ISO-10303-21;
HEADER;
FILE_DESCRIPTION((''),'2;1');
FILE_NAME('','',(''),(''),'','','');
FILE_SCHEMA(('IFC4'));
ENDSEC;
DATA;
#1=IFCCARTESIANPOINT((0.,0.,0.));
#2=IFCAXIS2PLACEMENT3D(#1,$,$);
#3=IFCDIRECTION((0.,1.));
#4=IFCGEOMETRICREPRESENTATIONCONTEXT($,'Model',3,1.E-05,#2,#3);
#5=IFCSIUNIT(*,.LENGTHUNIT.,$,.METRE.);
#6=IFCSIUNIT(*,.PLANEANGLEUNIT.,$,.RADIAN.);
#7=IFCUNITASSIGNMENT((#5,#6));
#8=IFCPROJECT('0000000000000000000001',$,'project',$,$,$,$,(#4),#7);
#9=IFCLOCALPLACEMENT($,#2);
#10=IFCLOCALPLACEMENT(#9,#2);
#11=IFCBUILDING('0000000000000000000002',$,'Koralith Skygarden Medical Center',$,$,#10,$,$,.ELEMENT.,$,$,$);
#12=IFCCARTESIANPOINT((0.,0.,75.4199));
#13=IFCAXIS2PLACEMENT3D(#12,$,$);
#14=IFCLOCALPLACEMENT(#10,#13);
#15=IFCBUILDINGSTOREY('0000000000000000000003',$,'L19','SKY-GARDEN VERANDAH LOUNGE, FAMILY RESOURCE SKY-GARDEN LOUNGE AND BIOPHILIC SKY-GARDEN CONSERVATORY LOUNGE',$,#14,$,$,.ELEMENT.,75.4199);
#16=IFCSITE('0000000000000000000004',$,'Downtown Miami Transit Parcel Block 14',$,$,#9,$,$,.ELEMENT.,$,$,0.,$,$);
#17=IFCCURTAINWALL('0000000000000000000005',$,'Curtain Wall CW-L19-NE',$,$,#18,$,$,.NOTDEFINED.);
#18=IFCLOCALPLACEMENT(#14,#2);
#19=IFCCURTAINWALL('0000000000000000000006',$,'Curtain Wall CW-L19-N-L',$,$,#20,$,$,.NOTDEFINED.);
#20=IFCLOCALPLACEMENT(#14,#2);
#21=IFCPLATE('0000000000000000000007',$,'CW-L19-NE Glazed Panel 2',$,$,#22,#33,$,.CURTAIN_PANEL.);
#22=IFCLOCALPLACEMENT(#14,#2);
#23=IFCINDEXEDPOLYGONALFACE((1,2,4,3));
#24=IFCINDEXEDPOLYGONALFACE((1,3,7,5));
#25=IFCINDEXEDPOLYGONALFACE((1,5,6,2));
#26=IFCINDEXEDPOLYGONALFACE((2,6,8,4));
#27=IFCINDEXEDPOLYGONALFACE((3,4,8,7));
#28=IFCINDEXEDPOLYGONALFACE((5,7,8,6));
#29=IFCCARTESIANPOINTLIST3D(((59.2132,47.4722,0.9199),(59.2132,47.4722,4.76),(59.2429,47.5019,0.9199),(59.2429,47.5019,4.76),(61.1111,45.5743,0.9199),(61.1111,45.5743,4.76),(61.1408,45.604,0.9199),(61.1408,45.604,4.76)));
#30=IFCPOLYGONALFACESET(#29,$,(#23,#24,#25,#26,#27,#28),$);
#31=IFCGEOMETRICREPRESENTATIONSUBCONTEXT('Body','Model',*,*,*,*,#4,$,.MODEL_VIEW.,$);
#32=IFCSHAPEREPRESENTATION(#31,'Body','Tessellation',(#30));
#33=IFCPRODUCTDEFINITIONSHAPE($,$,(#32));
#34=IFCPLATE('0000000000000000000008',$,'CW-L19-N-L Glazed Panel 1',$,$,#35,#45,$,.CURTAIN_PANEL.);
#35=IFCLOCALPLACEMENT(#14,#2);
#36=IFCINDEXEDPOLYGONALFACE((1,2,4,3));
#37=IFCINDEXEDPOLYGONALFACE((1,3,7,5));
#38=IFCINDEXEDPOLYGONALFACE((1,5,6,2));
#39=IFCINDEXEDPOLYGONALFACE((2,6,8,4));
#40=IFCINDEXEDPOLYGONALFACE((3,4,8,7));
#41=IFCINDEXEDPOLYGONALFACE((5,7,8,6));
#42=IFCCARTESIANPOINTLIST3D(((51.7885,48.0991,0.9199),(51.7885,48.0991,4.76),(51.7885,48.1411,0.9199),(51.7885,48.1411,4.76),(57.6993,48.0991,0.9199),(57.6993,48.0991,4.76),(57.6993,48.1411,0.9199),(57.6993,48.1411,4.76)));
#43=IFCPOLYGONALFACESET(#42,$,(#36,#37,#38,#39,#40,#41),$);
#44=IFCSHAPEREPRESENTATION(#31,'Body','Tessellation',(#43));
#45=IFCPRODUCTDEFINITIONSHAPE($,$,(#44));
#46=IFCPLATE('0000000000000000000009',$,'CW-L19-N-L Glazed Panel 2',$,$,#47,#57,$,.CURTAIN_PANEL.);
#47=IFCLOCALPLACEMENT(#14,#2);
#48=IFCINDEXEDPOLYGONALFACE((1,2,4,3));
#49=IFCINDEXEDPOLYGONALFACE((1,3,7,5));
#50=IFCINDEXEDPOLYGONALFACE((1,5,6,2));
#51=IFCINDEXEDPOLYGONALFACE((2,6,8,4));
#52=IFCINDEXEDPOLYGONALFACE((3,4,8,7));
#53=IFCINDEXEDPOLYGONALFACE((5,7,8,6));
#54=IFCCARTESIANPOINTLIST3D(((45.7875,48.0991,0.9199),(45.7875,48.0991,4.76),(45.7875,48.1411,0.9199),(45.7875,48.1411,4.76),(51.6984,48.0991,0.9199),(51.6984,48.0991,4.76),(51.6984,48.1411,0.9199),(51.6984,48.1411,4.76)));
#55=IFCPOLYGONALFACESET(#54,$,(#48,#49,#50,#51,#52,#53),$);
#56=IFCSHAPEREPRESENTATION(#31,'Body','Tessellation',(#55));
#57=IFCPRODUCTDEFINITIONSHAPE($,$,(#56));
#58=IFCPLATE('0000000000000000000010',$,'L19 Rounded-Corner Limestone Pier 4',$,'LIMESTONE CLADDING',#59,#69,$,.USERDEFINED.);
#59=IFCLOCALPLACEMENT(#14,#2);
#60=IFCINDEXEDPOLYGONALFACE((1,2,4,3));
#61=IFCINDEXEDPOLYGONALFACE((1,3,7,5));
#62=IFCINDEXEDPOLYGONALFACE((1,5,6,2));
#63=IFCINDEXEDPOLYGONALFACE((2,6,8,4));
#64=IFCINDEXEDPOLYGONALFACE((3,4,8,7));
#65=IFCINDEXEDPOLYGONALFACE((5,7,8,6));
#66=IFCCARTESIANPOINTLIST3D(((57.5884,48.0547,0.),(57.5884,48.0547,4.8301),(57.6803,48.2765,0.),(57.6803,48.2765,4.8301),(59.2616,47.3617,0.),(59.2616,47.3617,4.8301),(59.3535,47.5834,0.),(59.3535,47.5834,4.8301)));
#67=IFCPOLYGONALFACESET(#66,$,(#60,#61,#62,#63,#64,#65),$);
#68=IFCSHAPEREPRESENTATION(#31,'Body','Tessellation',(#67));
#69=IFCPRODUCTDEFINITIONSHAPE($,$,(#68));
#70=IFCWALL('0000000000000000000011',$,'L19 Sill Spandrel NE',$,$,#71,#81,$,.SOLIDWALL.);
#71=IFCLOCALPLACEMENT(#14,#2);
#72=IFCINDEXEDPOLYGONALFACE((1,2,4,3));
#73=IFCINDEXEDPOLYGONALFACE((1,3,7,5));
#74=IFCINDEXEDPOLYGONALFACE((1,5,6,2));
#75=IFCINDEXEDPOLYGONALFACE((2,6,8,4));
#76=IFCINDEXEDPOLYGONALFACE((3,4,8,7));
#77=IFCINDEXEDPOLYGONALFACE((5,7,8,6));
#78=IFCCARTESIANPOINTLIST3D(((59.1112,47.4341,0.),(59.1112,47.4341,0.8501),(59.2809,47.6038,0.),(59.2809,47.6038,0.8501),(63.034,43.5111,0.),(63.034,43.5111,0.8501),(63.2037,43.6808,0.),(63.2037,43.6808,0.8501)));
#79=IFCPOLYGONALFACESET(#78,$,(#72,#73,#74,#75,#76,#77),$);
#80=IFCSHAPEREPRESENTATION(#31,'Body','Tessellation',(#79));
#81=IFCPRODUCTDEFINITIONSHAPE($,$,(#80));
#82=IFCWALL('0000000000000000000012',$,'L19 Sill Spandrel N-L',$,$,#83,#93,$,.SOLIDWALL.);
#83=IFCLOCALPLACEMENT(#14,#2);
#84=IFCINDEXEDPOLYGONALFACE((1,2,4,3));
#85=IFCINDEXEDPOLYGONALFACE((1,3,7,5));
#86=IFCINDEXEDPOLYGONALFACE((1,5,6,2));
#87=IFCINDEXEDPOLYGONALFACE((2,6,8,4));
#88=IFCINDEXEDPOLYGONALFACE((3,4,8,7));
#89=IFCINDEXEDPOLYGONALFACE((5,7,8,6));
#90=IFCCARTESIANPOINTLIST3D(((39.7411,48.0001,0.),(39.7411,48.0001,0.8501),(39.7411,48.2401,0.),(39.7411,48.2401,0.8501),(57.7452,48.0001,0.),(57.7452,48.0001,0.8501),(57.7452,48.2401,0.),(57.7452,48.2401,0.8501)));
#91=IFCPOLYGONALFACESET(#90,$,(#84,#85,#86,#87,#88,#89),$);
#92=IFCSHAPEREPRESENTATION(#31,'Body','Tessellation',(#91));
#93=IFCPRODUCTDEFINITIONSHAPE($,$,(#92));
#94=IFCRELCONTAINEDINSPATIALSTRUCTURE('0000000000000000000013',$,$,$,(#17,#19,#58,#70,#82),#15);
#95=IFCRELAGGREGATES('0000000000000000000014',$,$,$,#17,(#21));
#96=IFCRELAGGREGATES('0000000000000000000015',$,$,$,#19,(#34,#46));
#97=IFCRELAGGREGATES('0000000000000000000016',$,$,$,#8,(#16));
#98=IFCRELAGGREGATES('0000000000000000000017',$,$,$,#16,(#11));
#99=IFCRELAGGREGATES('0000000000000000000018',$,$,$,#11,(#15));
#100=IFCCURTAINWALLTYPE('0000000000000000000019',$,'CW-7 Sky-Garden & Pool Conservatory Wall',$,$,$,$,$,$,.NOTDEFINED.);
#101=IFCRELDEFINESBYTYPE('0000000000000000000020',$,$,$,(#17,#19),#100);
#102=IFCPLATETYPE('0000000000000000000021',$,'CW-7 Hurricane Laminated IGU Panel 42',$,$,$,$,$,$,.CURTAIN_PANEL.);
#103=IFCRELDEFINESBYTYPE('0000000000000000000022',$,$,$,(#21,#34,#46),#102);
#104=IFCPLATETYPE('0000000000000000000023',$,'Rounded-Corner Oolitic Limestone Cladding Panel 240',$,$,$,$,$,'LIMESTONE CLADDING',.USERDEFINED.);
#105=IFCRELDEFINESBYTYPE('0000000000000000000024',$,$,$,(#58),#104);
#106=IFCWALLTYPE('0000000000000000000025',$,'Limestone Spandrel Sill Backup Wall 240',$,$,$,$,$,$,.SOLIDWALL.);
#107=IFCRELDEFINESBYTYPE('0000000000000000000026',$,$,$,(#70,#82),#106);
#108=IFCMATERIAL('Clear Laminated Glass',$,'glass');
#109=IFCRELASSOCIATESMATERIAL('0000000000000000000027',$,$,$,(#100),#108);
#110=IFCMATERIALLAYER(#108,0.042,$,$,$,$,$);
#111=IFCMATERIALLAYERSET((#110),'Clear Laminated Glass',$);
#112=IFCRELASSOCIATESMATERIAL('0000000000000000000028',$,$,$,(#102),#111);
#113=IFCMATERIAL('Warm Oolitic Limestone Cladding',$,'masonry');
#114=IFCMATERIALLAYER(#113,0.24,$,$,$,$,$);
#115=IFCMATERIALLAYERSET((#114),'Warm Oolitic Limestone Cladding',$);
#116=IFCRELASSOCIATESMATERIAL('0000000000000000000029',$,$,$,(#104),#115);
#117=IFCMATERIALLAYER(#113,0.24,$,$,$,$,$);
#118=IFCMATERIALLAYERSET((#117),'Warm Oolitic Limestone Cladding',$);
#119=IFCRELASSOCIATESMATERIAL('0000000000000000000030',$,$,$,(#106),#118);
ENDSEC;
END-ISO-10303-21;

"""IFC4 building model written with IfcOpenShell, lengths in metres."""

from ifc_helpers import new_model, si_unit, direction, frame, frame_2d, origin, origin_2d, place, context, subcontext, project, spatial, rectangle, extrude, material, layer, layer_set, type_object, element, aggregate, save


model = new_model("IFC4")

# Units and contexts
model_context = context("Model", 3, precision=1e-05, world=origin(), true_north=direction((0.0, 1.0)))
body_context = subcontext(model_context, "Body", "Model", "MODEL_VIEW")
ifc_project = project(units=[si_unit("LENGTHUNIT", "METRE"), si_unit("PLANEANGLEUNIT", "RADIAN")], contexts=[model_context])

# Site, building, storey
site_placement = place(None, origin())
site = spatial("IfcSite", under=ifc_project, at=site_placement, Name="Downtown Miami Transit Parcel Block 14", CompositionType="ELEMENT", RefElevation=0.0)
building_placement = place(site_placement, origin())
building = spatial("IfcBuilding", under=site, at=building_placement, Name="Koralith Skygarden Medical Center", CompositionType="ELEMENT")
storey_placement = place(building_placement, frame((0.0, 0.0, 75.4199)))
storey = spatial("IfcBuildingStorey", under=building, at=storey_placement, Name="L19", Description="SKY-GARDEN VERANDAH LOUNGE, FAMILY RESOURCE SKY-GARDEN LOUNGE AND BIOPHILIC SKY-GARDEN CONSERVATORY LOUNGE", CompositionType="ELEMENT", Elevation=75.4199)

# Curtain walls
ifc_material_1 = material(Name="Clear Laminated Glass", Category="glass")
curtain_wall_type = type_object("IfcCurtainWallType", Name="CW-7 Sky-Garden & Pool Conservatory Wall", PredefinedType="NOTDEFINED", material=ifc_material_1)
curtain_wall_1_placement = place(storey_placement, origin())
curtain_wall_1 = element("IfcCurtainWall", 1, at=curtain_wall_1_placement, inside=storey, type_object=curtain_wall_type, Name="Curtain Wall CW-L19-NE", PredefinedType="NOTDEFINED")
curtain_wall_2_placement = place(storey_placement, origin())
curtain_wall_2 = element("IfcCurtainWall", 2, at=curtain_wall_2_placement, inside=storey, type_object=curtain_wall_type, Name="Curtain Wall CW-L19-N-L", PredefinedType="NOTDEFINED")

# Plates
ifc_layer_1 = layer(ifc_material_1, 0.042)
ifc_layer_set_1 = layer_set([ifc_layer_1], Name="Clear Laminated Glass")
plate_type_1 = type_object("IfcPlateType", Name="CW-7 Hurricane Laminated IGU Panel 42", PredefinedType="CURTAIN_PANEL", material=ifc_layer_set_1)
plate_1_placement = place(storey_placement, frame((60.177, 46.5381, 0.9199), z_axis=(0.0, 0.0, 1.0), x_axis=(-0.707107, 0.707107, 0.0)))
plate_1 = element("IfcPlate", 3, at=plate_1_placement, type_object=plate_type_1, Name="CW-L19-NE Glazed Panel 2", PredefinedType="CURTAIN_PANEL", context=body_context, shape_type="SweptSolid", body=[
    extrude(rectangle(XDim=2.6841, YDim=0.042, at=origin_2d()), origin(), (0.0, 0.0, 1.0), 3.8401),
])
aggregate(curtain_wall_1, [plate_1])
plate_2_placement = place(storey_placement, frame((54.7439, 48.1201, 0.9199), z_axis=(0.0, 0.0, 1.0), x_axis=(-1.0, 0.0, 0.0)))
plate_2 = element("IfcPlate", 4, at=plate_2_placement, type_object=plate_type_1, Name="CW-L19-N-L Glazed Panel 1", PredefinedType="CURTAIN_PANEL", context=body_context, shape_type="SweptSolid", body=[
    extrude(rectangle(XDim=5.9109, YDim=0.042, at=origin_2d()), origin(), (0.0, 0.0, 1.0), 3.8401),
])
plate_3_placement = place(storey_placement, frame((48.7429, 48.1201, 0.9199), z_axis=(0.0, 0.0, 1.0), x_axis=(-1.0, 0.0, 0.0)))
plate_3 = element("IfcPlate", 5, at=plate_3_placement, type_object=plate_type_1, Name="CW-L19-N-L Glazed Panel 2", PredefinedType="CURTAIN_PANEL", context=body_context, shape_type="SweptSolid", body=[
    extrude(rectangle(XDim=5.9109, YDim=0.042, at=origin_2d()), origin(), (0.0, 0.0, 1.0), 3.8401),
])
aggregate(curtain_wall_2, [plate_2, plate_3])
ifc_material_2 = material(Name="Warm Oolitic Limestone Cladding", Category="masonry")
ifc_layer_2 = layer(ifc_material_2, 0.24)
ifc_layer_set_2 = layer_set([ifc_layer_2], Name="Warm Oolitic Limestone Cladding")
plate_type_2 = type_object("IfcPlateType", Name="Rounded-Corner Oolitic Limestone Cladding Panel 240", ElementType="LIMESTONE CLADDING", PredefinedType="USERDEFINED", material=ifc_layer_set_2)
plate_4_placement = place(storey_placement, frame((58.4709, 47.8191, 0.0), z_axis=(0.0, 0.0, 1.0), x_axis=(-0.923885, 0.382671, 0.0)))
element("IfcPlate", 6, at=plate_4_placement, inside=storey, type_object=plate_type_2, Name="L19 Rounded-Corner Limestone Pier 4", ObjectType="LIMESTONE CLADDING", PredefinedType="USERDEFINED", context=body_context, shape_type="SweptSolid", body=[
    extrude(rectangle(XDim=1.811, YDim=0.24, at=origin_2d()), origin(), (0.0, 0.0, 1.0), 4.8301),
])

# Walls
ifc_layer_3 = layer(ifc_material_2, 0.24)
ifc_layer_set_3 = layer_set([ifc_layer_3], Name="Warm Oolitic Limestone Cladding")
wall_type = type_object("IfcWallType", Name="Limestone Spandrel Sill Backup Wall 240", PredefinedType="SOLIDWALL", material=ifc_layer_set_3)
wall_1_placement = place(storey_placement, frame((63.1189, 43.5959, 0.0), z_axis=(0.0, 0.0, 1.0), x_axis=(-0.707085, 0.707129, 0.0)))
element("IfcWall", 7, at=wall_1_placement, inside=storey, type_object=wall_type, Name="L19 Sill Spandrel NE", PredefinedType="SOLIDWALL", context=body_context, shape_type="SweptSolid", body=[
    extrude(rectangle(XDim=5.5479, YDim=0.24, at=frame_2d((2.7739, 0.0))), origin(), (0.0, 0.0, 1.0), 0.8501),
])
wall_2_placement = place(storey_placement, frame((57.7451, 48.1201, 0.0), z_axis=(0.0, 0.0, 1.0), x_axis=(-1.0, 0.0, 0.0)))
element("IfcWall", 8, at=wall_2_placement, inside=storey, type_object=wall_type, Name="L19 Sill Spandrel N-L", PredefinedType="SOLIDWALL", context=body_context, shape_type="SweptSolid", body=[
    extrude(rectangle(XDim=18.0042, YDim=0.24, at=frame_2d((9.002, 0.0))), origin(), (0.0, 0.0, 1.0), 0.8501),
])

save(model, "model.ifc")
